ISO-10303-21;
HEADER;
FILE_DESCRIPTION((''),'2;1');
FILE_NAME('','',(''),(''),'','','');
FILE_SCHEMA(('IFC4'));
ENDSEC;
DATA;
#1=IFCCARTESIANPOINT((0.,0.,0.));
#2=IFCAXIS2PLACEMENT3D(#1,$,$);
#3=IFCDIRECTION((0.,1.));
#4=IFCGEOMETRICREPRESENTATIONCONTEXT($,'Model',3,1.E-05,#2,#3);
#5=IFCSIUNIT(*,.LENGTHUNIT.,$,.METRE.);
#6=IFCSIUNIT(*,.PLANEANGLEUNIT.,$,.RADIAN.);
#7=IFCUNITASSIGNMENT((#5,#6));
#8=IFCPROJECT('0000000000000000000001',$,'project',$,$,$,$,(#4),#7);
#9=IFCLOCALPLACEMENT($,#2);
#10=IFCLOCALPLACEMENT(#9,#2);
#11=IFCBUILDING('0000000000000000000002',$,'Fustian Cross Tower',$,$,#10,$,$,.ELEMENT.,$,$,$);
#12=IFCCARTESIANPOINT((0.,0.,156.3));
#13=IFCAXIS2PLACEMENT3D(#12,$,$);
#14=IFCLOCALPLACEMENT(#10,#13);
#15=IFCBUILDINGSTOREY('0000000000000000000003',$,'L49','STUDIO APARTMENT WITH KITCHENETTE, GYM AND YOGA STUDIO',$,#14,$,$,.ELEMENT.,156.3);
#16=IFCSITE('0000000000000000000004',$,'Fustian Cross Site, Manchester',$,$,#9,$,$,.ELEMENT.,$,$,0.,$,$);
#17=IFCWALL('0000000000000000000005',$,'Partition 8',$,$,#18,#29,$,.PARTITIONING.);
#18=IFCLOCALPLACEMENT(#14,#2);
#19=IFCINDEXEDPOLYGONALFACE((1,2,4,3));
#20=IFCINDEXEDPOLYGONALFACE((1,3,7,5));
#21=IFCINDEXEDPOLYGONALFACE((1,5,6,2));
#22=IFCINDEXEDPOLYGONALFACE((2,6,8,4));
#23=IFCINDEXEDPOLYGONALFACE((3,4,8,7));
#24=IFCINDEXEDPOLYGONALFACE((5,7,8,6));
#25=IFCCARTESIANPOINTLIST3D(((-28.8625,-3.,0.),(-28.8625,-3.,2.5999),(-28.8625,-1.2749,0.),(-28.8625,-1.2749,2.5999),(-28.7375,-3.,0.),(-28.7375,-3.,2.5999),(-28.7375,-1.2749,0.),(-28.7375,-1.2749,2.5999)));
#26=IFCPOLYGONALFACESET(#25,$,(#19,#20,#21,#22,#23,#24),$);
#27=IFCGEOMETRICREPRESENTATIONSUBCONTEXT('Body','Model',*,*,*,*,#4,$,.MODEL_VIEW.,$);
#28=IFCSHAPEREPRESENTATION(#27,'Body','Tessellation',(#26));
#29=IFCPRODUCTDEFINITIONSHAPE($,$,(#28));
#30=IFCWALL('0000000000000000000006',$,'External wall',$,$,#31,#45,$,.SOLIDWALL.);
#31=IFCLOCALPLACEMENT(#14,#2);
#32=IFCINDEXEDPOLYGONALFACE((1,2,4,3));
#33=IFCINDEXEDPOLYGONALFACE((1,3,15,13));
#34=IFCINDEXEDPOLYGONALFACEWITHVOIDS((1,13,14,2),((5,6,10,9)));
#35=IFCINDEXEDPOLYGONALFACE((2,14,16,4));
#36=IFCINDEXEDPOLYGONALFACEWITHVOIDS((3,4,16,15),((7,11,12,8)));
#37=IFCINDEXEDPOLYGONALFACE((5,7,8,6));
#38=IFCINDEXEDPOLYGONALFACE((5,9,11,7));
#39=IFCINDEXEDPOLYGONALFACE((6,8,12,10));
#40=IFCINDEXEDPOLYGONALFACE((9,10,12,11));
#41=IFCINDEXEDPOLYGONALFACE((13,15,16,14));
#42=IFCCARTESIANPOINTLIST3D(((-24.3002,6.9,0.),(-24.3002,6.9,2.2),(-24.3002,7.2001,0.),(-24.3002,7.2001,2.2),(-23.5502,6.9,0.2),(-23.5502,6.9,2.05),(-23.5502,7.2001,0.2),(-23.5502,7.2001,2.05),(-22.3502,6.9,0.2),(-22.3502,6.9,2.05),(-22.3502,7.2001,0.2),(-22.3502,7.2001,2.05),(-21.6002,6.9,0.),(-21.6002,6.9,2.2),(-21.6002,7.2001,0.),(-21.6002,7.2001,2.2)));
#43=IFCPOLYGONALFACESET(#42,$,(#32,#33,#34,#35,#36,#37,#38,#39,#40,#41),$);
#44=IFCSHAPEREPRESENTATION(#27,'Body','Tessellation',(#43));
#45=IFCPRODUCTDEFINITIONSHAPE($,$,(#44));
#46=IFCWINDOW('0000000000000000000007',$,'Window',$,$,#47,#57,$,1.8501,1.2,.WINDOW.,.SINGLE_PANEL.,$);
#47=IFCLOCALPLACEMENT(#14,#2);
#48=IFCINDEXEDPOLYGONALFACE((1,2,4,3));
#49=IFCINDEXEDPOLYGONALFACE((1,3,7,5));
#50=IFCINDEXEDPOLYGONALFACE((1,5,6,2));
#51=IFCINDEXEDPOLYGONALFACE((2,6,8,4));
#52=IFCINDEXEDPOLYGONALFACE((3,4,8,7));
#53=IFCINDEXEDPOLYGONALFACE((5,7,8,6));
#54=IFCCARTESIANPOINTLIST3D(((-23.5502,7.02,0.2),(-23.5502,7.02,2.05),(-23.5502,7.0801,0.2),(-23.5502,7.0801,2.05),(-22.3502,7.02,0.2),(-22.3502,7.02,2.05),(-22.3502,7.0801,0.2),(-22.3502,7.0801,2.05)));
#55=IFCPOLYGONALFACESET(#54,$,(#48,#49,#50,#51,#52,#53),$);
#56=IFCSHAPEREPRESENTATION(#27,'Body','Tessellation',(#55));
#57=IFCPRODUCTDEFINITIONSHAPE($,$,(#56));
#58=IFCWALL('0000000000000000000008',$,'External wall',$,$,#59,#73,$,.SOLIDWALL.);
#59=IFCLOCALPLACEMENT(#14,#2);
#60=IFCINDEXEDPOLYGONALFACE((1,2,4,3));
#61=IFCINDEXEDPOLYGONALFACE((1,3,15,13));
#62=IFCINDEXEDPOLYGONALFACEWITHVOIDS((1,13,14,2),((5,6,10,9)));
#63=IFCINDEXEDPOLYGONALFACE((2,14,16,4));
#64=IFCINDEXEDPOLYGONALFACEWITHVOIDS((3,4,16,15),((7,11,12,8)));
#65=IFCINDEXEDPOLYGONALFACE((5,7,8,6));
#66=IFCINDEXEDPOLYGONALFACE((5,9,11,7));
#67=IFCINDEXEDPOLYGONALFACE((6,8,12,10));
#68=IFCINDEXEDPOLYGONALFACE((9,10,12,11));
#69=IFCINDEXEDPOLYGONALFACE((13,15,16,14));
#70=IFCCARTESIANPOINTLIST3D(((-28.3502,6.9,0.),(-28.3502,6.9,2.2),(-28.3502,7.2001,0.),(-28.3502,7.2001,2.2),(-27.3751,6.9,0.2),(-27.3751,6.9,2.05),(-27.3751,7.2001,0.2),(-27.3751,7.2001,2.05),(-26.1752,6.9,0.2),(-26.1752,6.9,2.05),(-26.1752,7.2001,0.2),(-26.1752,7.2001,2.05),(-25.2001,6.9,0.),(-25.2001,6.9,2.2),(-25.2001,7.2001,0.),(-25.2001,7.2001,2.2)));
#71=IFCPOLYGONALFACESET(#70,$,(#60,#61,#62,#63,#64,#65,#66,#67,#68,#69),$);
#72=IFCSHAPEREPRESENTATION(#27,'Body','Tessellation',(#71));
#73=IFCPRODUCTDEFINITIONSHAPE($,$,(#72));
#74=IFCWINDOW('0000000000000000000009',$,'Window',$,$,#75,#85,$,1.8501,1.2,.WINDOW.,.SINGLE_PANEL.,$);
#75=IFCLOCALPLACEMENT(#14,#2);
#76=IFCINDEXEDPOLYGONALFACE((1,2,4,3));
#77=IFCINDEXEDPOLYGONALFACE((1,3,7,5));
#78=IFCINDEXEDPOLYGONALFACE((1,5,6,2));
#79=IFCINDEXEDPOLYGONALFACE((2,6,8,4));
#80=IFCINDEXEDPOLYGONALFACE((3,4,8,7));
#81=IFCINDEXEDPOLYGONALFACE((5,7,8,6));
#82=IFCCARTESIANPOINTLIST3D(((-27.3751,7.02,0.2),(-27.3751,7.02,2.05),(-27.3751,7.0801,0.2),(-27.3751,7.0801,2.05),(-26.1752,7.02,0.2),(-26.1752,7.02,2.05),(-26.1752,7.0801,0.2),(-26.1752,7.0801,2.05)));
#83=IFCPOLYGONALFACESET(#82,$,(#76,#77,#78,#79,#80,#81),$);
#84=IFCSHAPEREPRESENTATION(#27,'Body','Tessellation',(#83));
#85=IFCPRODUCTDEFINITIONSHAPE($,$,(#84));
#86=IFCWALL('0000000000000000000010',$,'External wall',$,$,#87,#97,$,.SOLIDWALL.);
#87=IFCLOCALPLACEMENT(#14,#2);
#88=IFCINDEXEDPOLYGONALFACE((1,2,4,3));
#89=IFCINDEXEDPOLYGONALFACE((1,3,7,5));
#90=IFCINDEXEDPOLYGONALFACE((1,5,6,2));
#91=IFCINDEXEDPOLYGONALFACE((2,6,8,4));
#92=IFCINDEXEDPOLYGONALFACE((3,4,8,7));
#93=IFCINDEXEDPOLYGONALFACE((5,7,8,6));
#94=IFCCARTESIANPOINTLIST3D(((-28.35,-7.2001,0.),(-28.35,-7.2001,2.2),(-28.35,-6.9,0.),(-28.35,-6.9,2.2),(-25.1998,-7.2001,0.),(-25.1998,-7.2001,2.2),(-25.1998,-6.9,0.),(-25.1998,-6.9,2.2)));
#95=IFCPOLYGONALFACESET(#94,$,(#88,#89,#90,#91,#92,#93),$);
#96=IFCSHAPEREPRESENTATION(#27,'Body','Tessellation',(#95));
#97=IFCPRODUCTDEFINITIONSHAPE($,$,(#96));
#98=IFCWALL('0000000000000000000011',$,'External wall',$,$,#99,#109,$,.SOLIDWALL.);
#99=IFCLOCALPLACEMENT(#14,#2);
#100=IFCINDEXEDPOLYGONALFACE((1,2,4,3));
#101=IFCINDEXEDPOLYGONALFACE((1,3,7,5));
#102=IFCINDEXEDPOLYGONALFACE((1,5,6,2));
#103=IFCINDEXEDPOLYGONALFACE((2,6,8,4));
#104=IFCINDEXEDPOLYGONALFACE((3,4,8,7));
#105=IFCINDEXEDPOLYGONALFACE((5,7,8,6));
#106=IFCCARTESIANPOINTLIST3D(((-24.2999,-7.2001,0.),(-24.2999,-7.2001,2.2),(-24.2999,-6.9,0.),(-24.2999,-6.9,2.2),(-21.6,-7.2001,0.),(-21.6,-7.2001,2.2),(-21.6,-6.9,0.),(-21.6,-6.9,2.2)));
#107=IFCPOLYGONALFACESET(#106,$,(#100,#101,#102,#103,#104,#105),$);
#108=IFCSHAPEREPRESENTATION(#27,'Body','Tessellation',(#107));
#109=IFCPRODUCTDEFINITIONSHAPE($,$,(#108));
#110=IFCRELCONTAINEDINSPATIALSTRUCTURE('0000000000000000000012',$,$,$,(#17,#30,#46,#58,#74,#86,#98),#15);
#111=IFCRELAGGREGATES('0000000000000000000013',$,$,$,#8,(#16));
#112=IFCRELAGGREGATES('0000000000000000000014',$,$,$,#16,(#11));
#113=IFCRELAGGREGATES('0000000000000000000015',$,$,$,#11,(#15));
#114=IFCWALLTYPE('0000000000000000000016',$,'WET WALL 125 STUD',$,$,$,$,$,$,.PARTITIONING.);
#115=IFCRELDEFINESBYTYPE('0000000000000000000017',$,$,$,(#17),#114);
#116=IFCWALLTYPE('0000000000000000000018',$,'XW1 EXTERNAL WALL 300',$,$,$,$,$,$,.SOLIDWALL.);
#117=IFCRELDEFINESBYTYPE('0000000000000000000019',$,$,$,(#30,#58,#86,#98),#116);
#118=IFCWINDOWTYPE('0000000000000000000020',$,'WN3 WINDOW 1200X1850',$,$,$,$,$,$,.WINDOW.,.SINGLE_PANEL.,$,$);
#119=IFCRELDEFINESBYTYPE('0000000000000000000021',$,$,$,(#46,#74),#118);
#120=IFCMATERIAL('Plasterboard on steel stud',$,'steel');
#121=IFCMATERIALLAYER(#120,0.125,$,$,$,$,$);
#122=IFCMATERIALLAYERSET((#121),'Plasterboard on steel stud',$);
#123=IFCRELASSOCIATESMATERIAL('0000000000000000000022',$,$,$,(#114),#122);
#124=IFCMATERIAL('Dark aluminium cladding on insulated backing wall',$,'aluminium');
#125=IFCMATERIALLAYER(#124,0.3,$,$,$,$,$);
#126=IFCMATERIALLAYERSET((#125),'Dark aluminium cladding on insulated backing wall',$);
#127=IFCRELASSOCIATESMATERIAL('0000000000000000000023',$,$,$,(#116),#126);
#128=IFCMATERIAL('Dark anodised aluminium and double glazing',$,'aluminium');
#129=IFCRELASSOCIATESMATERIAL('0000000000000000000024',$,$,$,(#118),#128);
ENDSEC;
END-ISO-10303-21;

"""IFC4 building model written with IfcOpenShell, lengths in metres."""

from ifc_helpers import new_model, si_unit, direction, frame, frame_2d, origin, place, context, subcontext, project, spatial, rectangle, extrude, material, layer, layer_set, type_object, element, fill, save


model = new_model("IFC4")

# Units and contexts
model_context = context("Model", 3, precision=1e-05, world=origin(), true_north=direction((0.0, 1.0)))
body_context = subcontext(model_context, "Body", "Model", "MODEL_VIEW")
ifc_project = project(units=[si_unit("LENGTHUNIT", "METRE"), si_unit("PLANEANGLEUNIT", "RADIAN")], contexts=[model_context])

# Site, building, storey
site_placement = place(None, origin())
site = spatial("IfcSite", under=ifc_project, at=site_placement, Name="Fustian Cross Site, Manchester", CompositionType="ELEMENT", RefElevation=0.0)
building_placement = place(site_placement, origin())
building = spatial("IfcBuilding", under=site, at=building_placement, Name="Fustian Cross Tower", CompositionType="ELEMENT")
storey_placement = place(building_placement, frame((0.0, 0.0, 156.3)))
storey = spatial("IfcBuildingStorey", under=building, at=storey_placement, Name="L49", Description="STUDIO APARTMENT WITH KITCHENETTE, GYM AND YOGA STUDIO", CompositionType="ELEMENT", Elevation=156.3)

# Wall
ifc_material_1 = material(Name="Plasterboard on steel stud", Category="steel")
ifc_layer_1 = layer(ifc_material_1, 0.125)
ifc_layer_set_1 = layer_set([ifc_layer_1], Name="Plasterboard on steel stud")
wall_type_1 = type_object("IfcWallType", Name="WET WALL 125 STUD", PredefinedType="PARTITIONING", material=ifc_layer_set_1)
wall_1_placement = place(storey_placement, frame((-28.8, -3.0, 0.0), z_axis=(0.0, 0.0, 1.0), x_axis=(0.0, 1.0, 0.0)))
element("IfcWall", 1, at=wall_1_placement, inside=storey, type_object=wall_type_1, Name="Partition 8", PredefinedType="PARTITIONING", context=body_context, shape_type="SweptSolid", body=[
    extrude(rectangle(XDim=1.7251, YDim=0.125, at=frame_2d((0.8625, 0.0))), origin(), (0.0, 0.0, 1.0), 2.5999),
])

# Walls, openings, windows
ifc_material_2 = material(Name="Dark aluminium cladding on insulated backing wall", Category="aluminium")
ifc_layer_2 = layer(ifc_material_2, 0.3)
ifc_layer_set_2 = layer_set([ifc_layer_2], Name="Dark aluminium cladding on insulated backing wall")
wall_type_2 = type_object("IfcWallType", Name="XW1 EXTERNAL WALL 300", PredefinedType="SOLIDWALL", material=ifc_layer_set_2)
wall_2_placement = place(storey_placement, frame((-21.6001, 7.05, 0.0), z_axis=(0.0, 0.0, 1.0), x_axis=(-1.0, 0.0, 0.0)))
wall_2 = element("IfcWall", 2, at=wall_2_placement, inside=storey, type_object=wall_type_2, Name="External wall", PredefinedType="SOLIDWALL", context=body_context, shape_type="SweptSolid", body=[
    extrude(rectangle(XDim=2.7, YDim=0.3, at=frame_2d((1.3501, 0.0))), origin(), (0.0, 0.0, 1.0), 2.2),
])
opening_1_placement = place(wall_2_placement, frame((0.75, 0.0, 0.2)))
opening_1 = element("IfcOpeningElement", 3, at=opening_1_placement, cuts=wall_2, PredefinedType="OPENING", context=body_context, shape_type="SweptSolid", body=[
    extrude(rectangle(XDim=1.2, YDim=1.8501, at=frame_2d((0.6001, 0.925))), frame((0.0, 0.1599, 0.0), z_axis=(0.0, -1.0, 0.0), x_axis=(1.0, 0.0, 0.0)), (0.0, 0.0, 1.0), 0.3201),
])
ifc_material_3 = material(Name="Dark anodised aluminium and double glazing", Category="aluminium")
window_type = type_object("IfcWindowType", Name="WN3 WINDOW 1200X1850", PartitioningType="SINGLE_PANEL", PredefinedType="WINDOW", material=ifc_material_3)
window_1_placement = place(opening_1_placement, origin())
window_1 = element("IfcWindow", 4, at=window_1_placement, inside=storey, type_object=window_type, Name="Window", OverallHeight=1.8501, OverallWidth=1.2, PartitioningType="SINGLE_PANEL", PredefinedType="WINDOW", context=body_context, shape_type="SweptSolid", body=[
    extrude(rectangle(XDim=1.2, YDim=1.8501, at=frame_2d((0.6001, 0.925))), frame((0.0, 0.03, 0.0), z_axis=(0.0, -1.0, 0.0), x_axis=(1.0, 0.0, 0.0)), (0.0, 0.0, 1.0), 0.0601),
])
fill(opening_1, window_1)
wall_3_placement = place(storey_placement, frame((-25.2, 7.05, 0.0), z_axis=(0.0, 0.0, 1.0), x_axis=(-1.0, 0.0, 0.0)))
wall_3 = element("IfcWall", 5, at=wall_3_placement, inside=storey, type_object=wall_type_2, Name="External wall", PredefinedType="SOLIDWALL", context=body_context, shape_type="SweptSolid", body=[
    extrude(rectangle(XDim=3.1501, YDim=0.3, at=frame_2d((1.5752, 0.0))), origin(), (0.0, 0.0, 1.0), 2.2),
])
opening_2_placement = place(wall_3_placement, frame((0.9751, 0.0, 0.2)))
opening_2 = element("IfcOpeningElement", 6, at=opening_2_placement, cuts=wall_3, PredefinedType="OPENING", context=body_context, shape_type="SweptSolid", body=[
    extrude(rectangle(XDim=1.2, YDim=1.8501, at=frame_2d((0.6001, 0.925))), frame((0.0, 0.1599, 0.0), z_axis=(0.0, -1.0, 0.0), x_axis=(1.0, 0.0, 0.0)), (0.0, 0.0, 1.0), 0.3201),
])
window_2_placement = place(opening_2_placement, origin())
window_2 = element("IfcWindow", 7, at=window_2_placement, inside=storey, type_object=window_type, Name="Window", OverallHeight=1.8501, OverallWidth=1.2, PartitioningType="SINGLE_PANEL", PredefinedType="WINDOW", context=body_context, shape_type="SweptSolid", body=[
    extrude(rectangle(XDim=1.2, YDim=1.8501, at=frame_2d((0.6001, 0.925))), frame((0.0, 0.03, 0.0), z_axis=(0.0, -1.0, 0.0), x_axis=(1.0, 0.0, 0.0)), (0.0, 0.0, 1.0), 0.0601),
])
fill(opening_2, window_2)

# Walls
wall_4_placement = place(storey_placement, frame((-28.3501, -7.05, 0.0), z_axis=(0.0, 0.0, 1.0), x_axis=(1.0, 0.0, 0.0)))
element("IfcWall", 8, at=wall_4_placement, inside=storey, type_object=wall_type_2, Name="External wall", PredefinedType="SOLIDWALL", context=body_context, shape_type="SweptSolid", body=[
    extrude(rectangle(XDim=3.1501, YDim=0.3, at=frame_2d((1.5752, 0.0))), origin(), (0.0, 0.0, 1.0), 2.2),
])
wall_5_placement = place(storey_placement, frame((-24.3, -7.05, 0.0), z_axis=(0.0, 0.0, 1.0), x_axis=(1.0, 0.0, 0.0)))
element("IfcWall", 9, at=wall_5_placement, inside=storey, type_object=wall_type_2, Name="External wall", PredefinedType="SOLIDWALL", context=body_context, shape_type="SweptSolid", body=[
    extrude(rectangle(XDim=2.7, YDim=0.3, at=frame_2d((1.3501, 0.0))), origin(), (0.0, 0.0, 1.0), 2.2),
])

save(model, "model.ifc")
